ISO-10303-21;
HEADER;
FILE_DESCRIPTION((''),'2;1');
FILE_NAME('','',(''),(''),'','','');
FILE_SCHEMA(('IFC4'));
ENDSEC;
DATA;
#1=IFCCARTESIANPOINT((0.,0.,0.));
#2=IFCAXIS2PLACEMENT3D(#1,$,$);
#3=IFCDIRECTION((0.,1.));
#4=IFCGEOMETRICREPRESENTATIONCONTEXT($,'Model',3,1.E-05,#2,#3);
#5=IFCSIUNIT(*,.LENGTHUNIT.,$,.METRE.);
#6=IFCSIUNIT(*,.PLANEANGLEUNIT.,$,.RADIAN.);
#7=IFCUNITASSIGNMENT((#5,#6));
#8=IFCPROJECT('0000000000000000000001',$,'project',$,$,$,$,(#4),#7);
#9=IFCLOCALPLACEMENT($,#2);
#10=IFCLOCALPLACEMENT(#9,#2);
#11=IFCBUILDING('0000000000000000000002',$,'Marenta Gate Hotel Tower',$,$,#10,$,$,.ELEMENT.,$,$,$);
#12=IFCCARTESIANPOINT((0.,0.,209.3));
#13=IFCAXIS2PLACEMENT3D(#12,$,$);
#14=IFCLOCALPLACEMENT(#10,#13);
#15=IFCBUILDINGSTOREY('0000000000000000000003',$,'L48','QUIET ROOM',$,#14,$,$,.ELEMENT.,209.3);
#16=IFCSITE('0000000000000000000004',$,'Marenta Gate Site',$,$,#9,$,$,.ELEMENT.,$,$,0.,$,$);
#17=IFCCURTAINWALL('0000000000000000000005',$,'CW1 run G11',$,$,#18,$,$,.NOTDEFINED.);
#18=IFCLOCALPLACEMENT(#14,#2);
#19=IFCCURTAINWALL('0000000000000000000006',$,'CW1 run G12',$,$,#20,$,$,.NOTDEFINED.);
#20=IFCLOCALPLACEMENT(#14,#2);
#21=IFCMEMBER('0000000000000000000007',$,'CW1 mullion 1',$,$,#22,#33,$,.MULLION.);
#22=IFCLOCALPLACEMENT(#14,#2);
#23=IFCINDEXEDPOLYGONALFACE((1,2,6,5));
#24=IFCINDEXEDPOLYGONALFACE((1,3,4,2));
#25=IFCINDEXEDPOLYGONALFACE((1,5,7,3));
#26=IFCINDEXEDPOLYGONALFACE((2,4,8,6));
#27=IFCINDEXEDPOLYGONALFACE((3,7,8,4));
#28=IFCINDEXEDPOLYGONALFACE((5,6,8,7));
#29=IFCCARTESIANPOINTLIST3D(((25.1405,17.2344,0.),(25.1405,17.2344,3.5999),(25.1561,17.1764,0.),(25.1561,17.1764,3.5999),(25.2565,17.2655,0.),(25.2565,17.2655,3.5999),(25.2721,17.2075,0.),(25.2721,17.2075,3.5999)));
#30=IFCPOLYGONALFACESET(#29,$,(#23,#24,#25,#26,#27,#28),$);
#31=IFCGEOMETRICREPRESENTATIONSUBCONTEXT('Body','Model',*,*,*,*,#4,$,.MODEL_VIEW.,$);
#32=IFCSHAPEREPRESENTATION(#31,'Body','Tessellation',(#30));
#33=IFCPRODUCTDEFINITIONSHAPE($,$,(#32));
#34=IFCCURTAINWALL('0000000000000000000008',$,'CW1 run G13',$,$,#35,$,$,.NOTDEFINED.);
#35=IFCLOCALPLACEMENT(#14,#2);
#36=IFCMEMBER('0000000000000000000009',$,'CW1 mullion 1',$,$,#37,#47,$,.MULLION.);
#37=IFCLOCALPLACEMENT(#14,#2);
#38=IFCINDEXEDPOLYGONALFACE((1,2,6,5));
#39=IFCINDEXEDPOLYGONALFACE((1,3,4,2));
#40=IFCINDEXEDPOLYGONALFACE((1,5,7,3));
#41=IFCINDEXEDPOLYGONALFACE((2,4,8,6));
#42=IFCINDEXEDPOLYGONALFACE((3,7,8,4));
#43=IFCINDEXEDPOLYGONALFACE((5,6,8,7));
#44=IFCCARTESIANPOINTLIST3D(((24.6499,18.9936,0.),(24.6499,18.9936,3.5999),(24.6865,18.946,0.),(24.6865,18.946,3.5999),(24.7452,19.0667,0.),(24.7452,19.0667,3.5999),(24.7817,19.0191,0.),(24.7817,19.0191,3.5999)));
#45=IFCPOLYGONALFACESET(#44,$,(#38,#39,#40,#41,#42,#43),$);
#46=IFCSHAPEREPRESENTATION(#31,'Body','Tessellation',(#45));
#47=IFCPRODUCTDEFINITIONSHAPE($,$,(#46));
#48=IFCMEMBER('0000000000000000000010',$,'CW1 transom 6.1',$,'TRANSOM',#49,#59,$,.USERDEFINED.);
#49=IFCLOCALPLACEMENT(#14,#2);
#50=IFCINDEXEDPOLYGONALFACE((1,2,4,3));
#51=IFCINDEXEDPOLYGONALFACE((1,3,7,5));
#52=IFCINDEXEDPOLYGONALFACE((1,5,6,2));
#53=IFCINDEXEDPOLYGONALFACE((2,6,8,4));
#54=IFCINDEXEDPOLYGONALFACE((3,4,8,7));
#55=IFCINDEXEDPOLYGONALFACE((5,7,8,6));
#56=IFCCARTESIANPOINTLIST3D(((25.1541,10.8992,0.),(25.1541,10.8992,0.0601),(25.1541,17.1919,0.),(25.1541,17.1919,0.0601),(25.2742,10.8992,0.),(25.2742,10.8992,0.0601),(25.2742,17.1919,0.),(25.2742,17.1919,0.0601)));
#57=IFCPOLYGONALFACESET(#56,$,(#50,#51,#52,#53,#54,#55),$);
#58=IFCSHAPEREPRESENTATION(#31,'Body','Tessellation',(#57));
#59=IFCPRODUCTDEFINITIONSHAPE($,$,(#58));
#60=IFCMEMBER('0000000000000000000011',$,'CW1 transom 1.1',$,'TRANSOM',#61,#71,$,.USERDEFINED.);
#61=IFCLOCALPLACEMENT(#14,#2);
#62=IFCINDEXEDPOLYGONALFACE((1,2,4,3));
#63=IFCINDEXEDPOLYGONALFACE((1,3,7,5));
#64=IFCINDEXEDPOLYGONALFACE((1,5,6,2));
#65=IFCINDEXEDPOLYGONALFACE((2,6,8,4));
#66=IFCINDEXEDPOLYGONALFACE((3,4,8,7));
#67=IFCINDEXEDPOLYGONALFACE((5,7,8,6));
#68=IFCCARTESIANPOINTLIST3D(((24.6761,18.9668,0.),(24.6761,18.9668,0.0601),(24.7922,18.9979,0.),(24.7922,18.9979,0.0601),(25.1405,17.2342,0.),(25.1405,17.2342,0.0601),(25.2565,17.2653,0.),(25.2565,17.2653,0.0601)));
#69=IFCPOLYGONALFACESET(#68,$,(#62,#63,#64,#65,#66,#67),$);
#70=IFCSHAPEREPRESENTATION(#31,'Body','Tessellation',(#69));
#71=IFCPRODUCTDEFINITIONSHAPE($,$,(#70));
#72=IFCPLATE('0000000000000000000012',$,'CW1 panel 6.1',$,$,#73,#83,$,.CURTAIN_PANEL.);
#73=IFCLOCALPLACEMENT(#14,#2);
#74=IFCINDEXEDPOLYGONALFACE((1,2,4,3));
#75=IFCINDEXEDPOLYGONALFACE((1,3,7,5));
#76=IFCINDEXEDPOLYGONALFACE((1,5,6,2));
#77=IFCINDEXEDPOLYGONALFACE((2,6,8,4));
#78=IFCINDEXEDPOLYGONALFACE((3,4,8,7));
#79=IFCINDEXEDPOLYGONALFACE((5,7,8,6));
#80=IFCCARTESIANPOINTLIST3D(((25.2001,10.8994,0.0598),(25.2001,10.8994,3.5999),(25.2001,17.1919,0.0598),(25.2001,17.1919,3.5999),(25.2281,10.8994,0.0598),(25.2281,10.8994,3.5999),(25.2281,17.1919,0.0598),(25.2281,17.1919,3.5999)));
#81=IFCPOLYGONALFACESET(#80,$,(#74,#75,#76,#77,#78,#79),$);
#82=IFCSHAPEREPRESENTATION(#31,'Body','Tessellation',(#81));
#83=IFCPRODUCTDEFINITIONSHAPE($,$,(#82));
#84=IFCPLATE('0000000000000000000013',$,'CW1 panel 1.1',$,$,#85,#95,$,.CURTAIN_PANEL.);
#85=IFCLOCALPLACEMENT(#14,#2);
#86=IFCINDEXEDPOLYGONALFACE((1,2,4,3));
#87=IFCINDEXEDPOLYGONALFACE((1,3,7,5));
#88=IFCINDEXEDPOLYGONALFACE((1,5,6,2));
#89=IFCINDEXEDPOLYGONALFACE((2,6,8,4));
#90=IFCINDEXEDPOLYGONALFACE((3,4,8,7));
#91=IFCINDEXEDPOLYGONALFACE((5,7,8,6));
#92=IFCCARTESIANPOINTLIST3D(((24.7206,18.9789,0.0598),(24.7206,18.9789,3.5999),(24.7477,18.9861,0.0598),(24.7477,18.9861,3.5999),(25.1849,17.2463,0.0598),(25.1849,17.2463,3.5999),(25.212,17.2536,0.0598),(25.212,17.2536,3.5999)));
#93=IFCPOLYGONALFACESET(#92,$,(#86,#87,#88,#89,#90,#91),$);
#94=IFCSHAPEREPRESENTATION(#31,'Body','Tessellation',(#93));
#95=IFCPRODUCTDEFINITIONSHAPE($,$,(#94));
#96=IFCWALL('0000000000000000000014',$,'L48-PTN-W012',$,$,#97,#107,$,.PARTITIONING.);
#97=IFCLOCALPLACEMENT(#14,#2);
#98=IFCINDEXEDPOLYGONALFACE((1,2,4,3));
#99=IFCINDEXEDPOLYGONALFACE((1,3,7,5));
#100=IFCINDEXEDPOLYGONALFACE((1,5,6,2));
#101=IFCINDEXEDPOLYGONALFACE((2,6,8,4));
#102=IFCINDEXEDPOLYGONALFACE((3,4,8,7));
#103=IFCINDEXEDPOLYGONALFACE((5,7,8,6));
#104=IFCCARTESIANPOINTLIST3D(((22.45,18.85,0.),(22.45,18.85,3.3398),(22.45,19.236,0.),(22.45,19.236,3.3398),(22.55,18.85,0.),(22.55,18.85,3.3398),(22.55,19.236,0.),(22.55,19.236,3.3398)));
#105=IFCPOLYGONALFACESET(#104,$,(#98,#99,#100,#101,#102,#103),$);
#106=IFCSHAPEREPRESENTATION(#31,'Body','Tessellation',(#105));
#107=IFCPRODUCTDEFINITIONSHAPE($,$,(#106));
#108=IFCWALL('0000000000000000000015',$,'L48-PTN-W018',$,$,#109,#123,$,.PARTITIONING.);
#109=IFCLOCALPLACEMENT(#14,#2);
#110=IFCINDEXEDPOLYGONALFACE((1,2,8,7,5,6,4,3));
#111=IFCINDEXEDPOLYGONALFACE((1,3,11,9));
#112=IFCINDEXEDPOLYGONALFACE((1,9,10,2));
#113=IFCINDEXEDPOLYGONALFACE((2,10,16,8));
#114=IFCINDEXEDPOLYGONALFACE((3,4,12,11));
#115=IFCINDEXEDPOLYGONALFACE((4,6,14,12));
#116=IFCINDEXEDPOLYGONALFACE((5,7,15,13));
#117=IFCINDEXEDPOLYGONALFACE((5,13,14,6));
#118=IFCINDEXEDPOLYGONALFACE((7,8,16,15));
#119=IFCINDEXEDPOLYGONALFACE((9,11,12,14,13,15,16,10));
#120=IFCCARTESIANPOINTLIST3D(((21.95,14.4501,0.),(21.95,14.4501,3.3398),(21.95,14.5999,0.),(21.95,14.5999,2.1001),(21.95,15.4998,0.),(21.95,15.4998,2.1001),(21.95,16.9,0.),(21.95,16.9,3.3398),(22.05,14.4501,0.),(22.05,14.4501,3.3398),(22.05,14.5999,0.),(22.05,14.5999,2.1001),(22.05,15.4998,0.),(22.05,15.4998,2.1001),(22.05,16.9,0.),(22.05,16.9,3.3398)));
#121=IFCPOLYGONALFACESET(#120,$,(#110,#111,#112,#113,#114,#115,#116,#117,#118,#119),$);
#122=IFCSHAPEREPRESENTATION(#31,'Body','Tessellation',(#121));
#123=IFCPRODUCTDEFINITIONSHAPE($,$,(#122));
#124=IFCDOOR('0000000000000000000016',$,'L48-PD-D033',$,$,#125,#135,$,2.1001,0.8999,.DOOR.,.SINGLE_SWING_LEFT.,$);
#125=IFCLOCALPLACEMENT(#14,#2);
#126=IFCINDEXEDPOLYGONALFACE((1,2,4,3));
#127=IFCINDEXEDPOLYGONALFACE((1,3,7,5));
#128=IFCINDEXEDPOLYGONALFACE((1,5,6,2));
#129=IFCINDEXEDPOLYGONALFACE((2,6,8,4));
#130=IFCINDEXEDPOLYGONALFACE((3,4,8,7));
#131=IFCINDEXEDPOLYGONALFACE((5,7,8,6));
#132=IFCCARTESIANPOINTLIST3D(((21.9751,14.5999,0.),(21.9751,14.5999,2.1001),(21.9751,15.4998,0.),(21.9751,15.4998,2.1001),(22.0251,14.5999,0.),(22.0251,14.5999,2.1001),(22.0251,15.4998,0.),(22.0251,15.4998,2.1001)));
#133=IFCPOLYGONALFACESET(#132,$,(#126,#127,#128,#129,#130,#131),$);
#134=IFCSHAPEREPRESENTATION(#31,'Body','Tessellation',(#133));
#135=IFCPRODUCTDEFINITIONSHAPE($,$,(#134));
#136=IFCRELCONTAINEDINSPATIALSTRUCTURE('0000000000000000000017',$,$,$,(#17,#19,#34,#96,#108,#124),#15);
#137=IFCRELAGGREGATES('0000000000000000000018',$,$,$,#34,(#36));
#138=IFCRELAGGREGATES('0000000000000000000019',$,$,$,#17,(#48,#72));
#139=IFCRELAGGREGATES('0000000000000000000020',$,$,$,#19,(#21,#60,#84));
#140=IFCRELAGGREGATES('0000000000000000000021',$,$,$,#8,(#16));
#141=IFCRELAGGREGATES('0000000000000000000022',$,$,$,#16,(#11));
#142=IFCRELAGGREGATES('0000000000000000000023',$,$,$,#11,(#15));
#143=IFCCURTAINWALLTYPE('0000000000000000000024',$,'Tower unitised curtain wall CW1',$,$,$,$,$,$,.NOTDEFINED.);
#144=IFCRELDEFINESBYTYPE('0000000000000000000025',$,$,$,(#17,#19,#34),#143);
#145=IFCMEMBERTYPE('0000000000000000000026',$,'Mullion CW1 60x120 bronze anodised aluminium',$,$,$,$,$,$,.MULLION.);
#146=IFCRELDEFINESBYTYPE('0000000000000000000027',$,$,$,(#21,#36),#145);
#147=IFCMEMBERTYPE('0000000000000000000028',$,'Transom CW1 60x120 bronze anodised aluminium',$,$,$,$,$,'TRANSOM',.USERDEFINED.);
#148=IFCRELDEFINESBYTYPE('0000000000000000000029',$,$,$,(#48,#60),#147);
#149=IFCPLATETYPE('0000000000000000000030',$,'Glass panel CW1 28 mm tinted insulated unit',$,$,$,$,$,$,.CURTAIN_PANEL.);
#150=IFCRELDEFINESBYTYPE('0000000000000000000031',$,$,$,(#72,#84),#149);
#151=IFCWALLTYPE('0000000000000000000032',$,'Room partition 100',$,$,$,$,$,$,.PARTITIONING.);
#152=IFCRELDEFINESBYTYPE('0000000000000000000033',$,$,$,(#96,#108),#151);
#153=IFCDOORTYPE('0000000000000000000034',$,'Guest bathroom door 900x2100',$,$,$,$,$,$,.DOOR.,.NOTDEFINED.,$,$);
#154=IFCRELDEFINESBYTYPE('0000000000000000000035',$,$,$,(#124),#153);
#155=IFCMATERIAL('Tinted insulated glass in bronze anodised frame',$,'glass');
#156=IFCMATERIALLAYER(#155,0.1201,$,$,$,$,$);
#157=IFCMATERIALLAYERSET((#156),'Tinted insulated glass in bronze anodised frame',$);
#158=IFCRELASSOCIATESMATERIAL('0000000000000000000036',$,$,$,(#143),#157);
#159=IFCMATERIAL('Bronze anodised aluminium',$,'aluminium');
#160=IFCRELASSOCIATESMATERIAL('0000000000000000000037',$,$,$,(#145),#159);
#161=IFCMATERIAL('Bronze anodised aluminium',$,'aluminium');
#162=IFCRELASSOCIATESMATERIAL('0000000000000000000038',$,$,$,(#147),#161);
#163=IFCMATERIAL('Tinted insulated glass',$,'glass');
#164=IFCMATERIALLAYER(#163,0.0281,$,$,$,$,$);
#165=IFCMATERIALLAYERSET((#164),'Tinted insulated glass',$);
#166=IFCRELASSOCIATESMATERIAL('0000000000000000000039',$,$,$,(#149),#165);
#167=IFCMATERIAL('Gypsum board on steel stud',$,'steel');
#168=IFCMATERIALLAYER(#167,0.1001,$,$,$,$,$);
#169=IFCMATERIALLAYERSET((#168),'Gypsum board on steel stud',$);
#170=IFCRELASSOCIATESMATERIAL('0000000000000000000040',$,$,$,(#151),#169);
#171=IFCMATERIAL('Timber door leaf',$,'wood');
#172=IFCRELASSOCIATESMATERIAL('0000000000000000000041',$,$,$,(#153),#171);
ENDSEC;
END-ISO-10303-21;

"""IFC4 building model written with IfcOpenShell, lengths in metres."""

from ifc_helpers import new_model, si_unit, direction, frame, frame_2d, origin, origin_2d, place, context, subcontext, project, spatial, rectangle, extrude, material, layer, layer_set, material_profile, profile_set, type_object, element, fill, aggregate, save


model = new_model("IFC4")

# Units and contexts
model_context = context("Model", 3, precision=1e-05, world=origin(), true_north=direction((0.0, 1.0)))
body_context = subcontext(model_context, "Body", "Model", "MODEL_VIEW")
ifc_project = project(units=[si_unit("LENGTHUNIT", "METRE"), si_unit("PLANEANGLEUNIT", "RADIAN")], contexts=[model_context])

# Site, building, storey
site_placement = place(None, origin())
site = spatial("IfcSite", under=ifc_project, at=site_placement, Name="Marenta Gate Site", CompositionType="ELEMENT", RefElevation=0.0)
building_placement = place(site_placement, origin())
building = spatial("IfcBuilding", under=site, at=building_placement, Name="Marenta Gate Hotel Tower", CompositionType="ELEMENT")
storey_placement = place(building_placement, frame((0.0, 0.0, 209.3)))
storey = spatial("IfcBuildingStorey", under=building, at=storey_placement, Name="L48", Description="QUIET ROOM", CompositionType="ELEMENT", Elevation=209.3)

# Curtain walls, members
ifc_material_1 = material(Name="Tinted insulated glass in bronze anodised frame", Category="glass")
ifc_layer_1 = layer(ifc_material_1, 0.1201)
ifc_layer_set_1 = layer_set([ifc_layer_1], Name="Tinted insulated glass in bronze anodised frame")
curtain_wall_type = type_object("IfcCurtainWallType", Name="Tower unitised curtain wall CW1", PredefinedType="NOTDEFINED", material=ifc_layer_set_1)
curtain_wall_1_placement = place(storey_placement, origin())
curtain_wall_1 = element("IfcCurtainWall", 1, at=curtain_wall_1_placement, inside=storey, type_object=curtain_wall_type, Name="CW1 run G11", PredefinedType="NOTDEFINED")
ifc_material_2 = material(Name="Bronze anodised aluminium", Category="aluminium")
ifc_material_profile_1 = material_profile(ifc_material_2, rectangle(XDim=0.1201, YDim=0.0601, at=origin_2d()), Name="Mullion CW1 60x120 bronze anodised aluminium")
ifc_profile_set_1 = profile_set([ifc_material_profile_1], Name="Bronze anodised aluminium")
member_type_1 = type_object("IfcMemberType", Name="Mullion CW1 60x120 bronze anodised aluminium", PredefinedType="MULLION", material=ifc_profile_set_1)
curtain_wall_2_placement = place(storey_placement, origin())
curtain_wall_2 = element("IfcCurtainWall", 2, at=curtain_wall_2_placement, inside=storey, type_object=curtain_wall_type, Name="CW1 run G12", PredefinedType="NOTDEFINED")
member_1_placement = place(storey_placement, frame((25.2063, 17.2209, 0.0), z_axis=(0.0, 0.0, 1.0), x_axis=(-0.965924, -0.258824, 0.0)))
member_1 = element("IfcMember", 3, at=member_1_placement, type_object=member_type_1, Name="CW1 mullion 1", PredefinedType="MULLION", context=body_context, shape_type="SweptSolid", body=[
    extrude(rectangle(XDim=0.1201, YDim=0.0601, at=origin_2d()), origin(), (0.0, 0.0, 1.0), 3.5999),
])
curtain_wall_3_placement = place(storey_placement, origin())
curtain_wall_3 = element("IfcCurtainWall", 4, at=curtain_wall_3_placement, inside=storey, type_object=curtain_wall_type, Name="CW1 run G13", PredefinedType="NOTDEFINED")
member_2_placement = place(storey_placement, frame((24.7158, 19.0063, 0.0), z_axis=(0.0, 0.0, 1.0), x_axis=(-0.793333, -0.608787, 0.0)))
member_2 = element("IfcMember", 5, at=member_2_placement, type_object=member_type_1, Name="CW1 mullion 1", PredefinedType="MULLION", context=body_context, shape_type="SweptSolid", body=[
    extrude(rectangle(XDim=0.1201, YDim=0.0601, at=origin_2d()), origin(), (0.0, 0.0, 1.0), 3.5999),
])
aggregate(curtain_wall_3, [member_2])

# Members
ifc_material_3 = material(Name="Bronze anodised aluminium", Category="aluminium")
ifc_material_profile_2 = material_profile(ifc_material_3, rectangle(XDim=0.1201, YDim=0.0601, at=origin_2d()), Name="Transom CW1 60x120 bronze anodised aluminium")
ifc_profile_set_2 = profile_set([ifc_material_profile_2], Name="Bronze anodised aluminium")
member_type_2 = type_object("IfcMemberType", Name="Transom CW1 60x120 bronze anodised aluminium", ElementType="TRANSOM", PredefinedType="USERDEFINED", material=ifc_profile_set_2)
member_3_placement = place(storey_placement, frame((25.2141, 10.8992, 0.03), z_axis=(0.0, 1.0, 0.0), x_axis=(-1.0, 0.0, 0.0)))
member_3 = element("IfcMember", 6, at=member_3_placement, type_object=member_type_2, Name="CW1 transom 6.1", ObjectType="TRANSOM", PredefinedType="USERDEFINED", context=body_context, shape_type="SweptSolid", body=[
    extrude(rectangle(XDim=0.1201, YDim=0.0601, at=origin_2d()), origin(), (0.0, 0.0, 1.0), 6.2927),
])
member_4_placement = place(storey_placement, frame((25.1985, 17.2498, 0.03), z_axis=(-0.258865, 0.965913, 0.0), x_axis=(-0.965913, -0.258865, 0.0)))
member_4 = element("IfcMember", 7, at=member_4_placement, type_object=member_type_2, Name="CW1 transom 1.1", ObjectType="TRANSOM", PredefinedType="USERDEFINED", context=body_context, shape_type="SweptSolid", body=[
    extrude(rectangle(XDim=0.1201, YDim=0.0601, at=origin_2d()), origin(), (0.0, 0.0, 1.0), 1.7937),
])

# Plates
ifc_material_4 = material(Name="Tinted insulated glass", Category="glass")
ifc_layer_2 = layer(ifc_material_4, 0.0281)
ifc_layer_set_2 = layer_set([ifc_layer_2], Name="Tinted insulated glass")
plate_type = type_object("IfcPlateType", Name="Glass panel CW1 28 mm tinted insulated unit", PredefinedType="CURTAIN_PANEL", material=ifc_layer_set_2)
plate_1_placement = place(storey_placement, frame((25.2141, 14.0457, 0.0598), z_axis=(0.0, 0.0, 1.0), x_axis=(0.0, 1.0, 0.0)))
plate_1 = element("IfcPlate", 8, at=plate_1_placement, type_object=plate_type, Name="CW1 panel 6.1", PredefinedType="CURTAIN_PANEL", context=body_context, shape_type="SweptSolid", body=[
    extrude(rectangle(XDim=6.2925, YDim=0.0281, at=origin_2d()), origin(), (0.0, 0.0, 1.0), 3.54),
])
aggregate(curtain_wall_1, [member_3, plate_1])
plate_2_placement = place(storey_placement, frame((24.9663, 18.1162, 0.0598), z_axis=(0.0, 0.0, 1.0), x_axis=(-0.258824, 0.965924, 0.0)))
plate_2 = element("IfcPlate", 9, at=plate_2_placement, type_object=plate_type, Name="CW1 panel 1.1", PredefinedType="CURTAIN_PANEL", context=body_context, shape_type="SweptSolid", body=[
    extrude(rectangle(XDim=1.7937, YDim=0.0281, at=origin_2d()), origin(), (0.0, 0.0, 1.0), 3.54),
])
aggregate(curtain_wall_2, [member_1, member_4, plate_2])

# Wall
ifc_material_5 = material(Name="Gypsum board on steel stud", Category="steel")
ifc_layer_3 = layer(ifc_material_5, 0.1001)
ifc_layer_set_3 = layer_set([ifc_layer_3], Name="Gypsum board on steel stud")
wall_type = type_object("IfcWallType", Name="Room partition 100", PredefinedType="PARTITIONING", material=ifc_layer_set_3)
wall_1_placement = place(storey_placement, frame((22.5, 18.8501, 0.0), z_axis=(0.0, 0.0, 1.0), x_axis=(0.0, 1.0, 0.0)))
element("IfcWall", 10, at=wall_1_placement, inside=storey, type_object=wall_type, Name="L48-PTN-W012", PredefinedType="PARTITIONING", context=body_context, shape_type="SweptSolid", body=[
    extrude(rectangle(XDim=0.386, YDim=0.1001, at=frame_2d((0.1929, 0.0))), origin(), (0.0, 0.0, 1.0), 3.3398),
])

# Wall, opening, door
wall_2_placement = place(storey_placement, frame((22.0, 14.45, 0.0), z_axis=(0.0, 0.0, 1.0), x_axis=(0.0, 1.0, 0.0)))
wall_2 = element("IfcWall", 11, at=wall_2_placement, inside=storey, type_object=wall_type, Name="L48-PTN-W018", PredefinedType="PARTITIONING", context=body_context, shape_type="SweptSolid", body=[
    extrude(rectangle(XDim=2.45, YDim=0.1001, at=frame_2d((1.2251, 0.0))), origin(), (0.0, 0.0, 1.0), 3.3398),
])
opening_placement = place(wall_2_placement, frame((0.1499, 0.0, 0.0)))
opening = element("IfcOpeningElement", 12, at=opening_placement, cuts=wall_2, PredefinedType="OPENING", context=body_context, shape_type="SweptSolid", body=[
    extrude(rectangle(XDim=0.8999, YDim=2.1001, at=frame_2d((0.45, 1.05))), frame((0.0, 0.05, 0.0), z_axis=(0.0, -1.0, 0.0), x_axis=(1.0, 0.0, 0.0)), (0.0, 0.0, 1.0), 0.1001),
])
ifc_material_6 = material(Name="Timber door leaf", Category="wood")
door_type = type_object("IfcDoorType", Name="Guest bathroom door 900x2100", OperationType="NOTDEFINED", PredefinedType="DOOR", material=ifc_material_6)
door_placement = place(opening_placement, origin())
door = element("IfcDoor", 13, at=door_placement, inside=storey, type_object=door_type, Name="L48-PD-D033", OperationType="SINGLE_SWING_LEFT", OverallHeight=2.1001, OverallWidth=0.8999, PredefinedType="DOOR", context=body_context, shape_type="SweptSolid", body=[
    extrude(rectangle(XDim=0.8999, YDim=2.1001, at=frame_2d((0.45, 1.05))), frame((0.0, 0.0249, 0.0), z_axis=(0.0, -1.0, 0.0), x_axis=(1.0, 0.0, 0.0)), (0.0, 0.0, 1.0), 0.05),
])
fill(opening, door)

save(model, "model.ifc")
